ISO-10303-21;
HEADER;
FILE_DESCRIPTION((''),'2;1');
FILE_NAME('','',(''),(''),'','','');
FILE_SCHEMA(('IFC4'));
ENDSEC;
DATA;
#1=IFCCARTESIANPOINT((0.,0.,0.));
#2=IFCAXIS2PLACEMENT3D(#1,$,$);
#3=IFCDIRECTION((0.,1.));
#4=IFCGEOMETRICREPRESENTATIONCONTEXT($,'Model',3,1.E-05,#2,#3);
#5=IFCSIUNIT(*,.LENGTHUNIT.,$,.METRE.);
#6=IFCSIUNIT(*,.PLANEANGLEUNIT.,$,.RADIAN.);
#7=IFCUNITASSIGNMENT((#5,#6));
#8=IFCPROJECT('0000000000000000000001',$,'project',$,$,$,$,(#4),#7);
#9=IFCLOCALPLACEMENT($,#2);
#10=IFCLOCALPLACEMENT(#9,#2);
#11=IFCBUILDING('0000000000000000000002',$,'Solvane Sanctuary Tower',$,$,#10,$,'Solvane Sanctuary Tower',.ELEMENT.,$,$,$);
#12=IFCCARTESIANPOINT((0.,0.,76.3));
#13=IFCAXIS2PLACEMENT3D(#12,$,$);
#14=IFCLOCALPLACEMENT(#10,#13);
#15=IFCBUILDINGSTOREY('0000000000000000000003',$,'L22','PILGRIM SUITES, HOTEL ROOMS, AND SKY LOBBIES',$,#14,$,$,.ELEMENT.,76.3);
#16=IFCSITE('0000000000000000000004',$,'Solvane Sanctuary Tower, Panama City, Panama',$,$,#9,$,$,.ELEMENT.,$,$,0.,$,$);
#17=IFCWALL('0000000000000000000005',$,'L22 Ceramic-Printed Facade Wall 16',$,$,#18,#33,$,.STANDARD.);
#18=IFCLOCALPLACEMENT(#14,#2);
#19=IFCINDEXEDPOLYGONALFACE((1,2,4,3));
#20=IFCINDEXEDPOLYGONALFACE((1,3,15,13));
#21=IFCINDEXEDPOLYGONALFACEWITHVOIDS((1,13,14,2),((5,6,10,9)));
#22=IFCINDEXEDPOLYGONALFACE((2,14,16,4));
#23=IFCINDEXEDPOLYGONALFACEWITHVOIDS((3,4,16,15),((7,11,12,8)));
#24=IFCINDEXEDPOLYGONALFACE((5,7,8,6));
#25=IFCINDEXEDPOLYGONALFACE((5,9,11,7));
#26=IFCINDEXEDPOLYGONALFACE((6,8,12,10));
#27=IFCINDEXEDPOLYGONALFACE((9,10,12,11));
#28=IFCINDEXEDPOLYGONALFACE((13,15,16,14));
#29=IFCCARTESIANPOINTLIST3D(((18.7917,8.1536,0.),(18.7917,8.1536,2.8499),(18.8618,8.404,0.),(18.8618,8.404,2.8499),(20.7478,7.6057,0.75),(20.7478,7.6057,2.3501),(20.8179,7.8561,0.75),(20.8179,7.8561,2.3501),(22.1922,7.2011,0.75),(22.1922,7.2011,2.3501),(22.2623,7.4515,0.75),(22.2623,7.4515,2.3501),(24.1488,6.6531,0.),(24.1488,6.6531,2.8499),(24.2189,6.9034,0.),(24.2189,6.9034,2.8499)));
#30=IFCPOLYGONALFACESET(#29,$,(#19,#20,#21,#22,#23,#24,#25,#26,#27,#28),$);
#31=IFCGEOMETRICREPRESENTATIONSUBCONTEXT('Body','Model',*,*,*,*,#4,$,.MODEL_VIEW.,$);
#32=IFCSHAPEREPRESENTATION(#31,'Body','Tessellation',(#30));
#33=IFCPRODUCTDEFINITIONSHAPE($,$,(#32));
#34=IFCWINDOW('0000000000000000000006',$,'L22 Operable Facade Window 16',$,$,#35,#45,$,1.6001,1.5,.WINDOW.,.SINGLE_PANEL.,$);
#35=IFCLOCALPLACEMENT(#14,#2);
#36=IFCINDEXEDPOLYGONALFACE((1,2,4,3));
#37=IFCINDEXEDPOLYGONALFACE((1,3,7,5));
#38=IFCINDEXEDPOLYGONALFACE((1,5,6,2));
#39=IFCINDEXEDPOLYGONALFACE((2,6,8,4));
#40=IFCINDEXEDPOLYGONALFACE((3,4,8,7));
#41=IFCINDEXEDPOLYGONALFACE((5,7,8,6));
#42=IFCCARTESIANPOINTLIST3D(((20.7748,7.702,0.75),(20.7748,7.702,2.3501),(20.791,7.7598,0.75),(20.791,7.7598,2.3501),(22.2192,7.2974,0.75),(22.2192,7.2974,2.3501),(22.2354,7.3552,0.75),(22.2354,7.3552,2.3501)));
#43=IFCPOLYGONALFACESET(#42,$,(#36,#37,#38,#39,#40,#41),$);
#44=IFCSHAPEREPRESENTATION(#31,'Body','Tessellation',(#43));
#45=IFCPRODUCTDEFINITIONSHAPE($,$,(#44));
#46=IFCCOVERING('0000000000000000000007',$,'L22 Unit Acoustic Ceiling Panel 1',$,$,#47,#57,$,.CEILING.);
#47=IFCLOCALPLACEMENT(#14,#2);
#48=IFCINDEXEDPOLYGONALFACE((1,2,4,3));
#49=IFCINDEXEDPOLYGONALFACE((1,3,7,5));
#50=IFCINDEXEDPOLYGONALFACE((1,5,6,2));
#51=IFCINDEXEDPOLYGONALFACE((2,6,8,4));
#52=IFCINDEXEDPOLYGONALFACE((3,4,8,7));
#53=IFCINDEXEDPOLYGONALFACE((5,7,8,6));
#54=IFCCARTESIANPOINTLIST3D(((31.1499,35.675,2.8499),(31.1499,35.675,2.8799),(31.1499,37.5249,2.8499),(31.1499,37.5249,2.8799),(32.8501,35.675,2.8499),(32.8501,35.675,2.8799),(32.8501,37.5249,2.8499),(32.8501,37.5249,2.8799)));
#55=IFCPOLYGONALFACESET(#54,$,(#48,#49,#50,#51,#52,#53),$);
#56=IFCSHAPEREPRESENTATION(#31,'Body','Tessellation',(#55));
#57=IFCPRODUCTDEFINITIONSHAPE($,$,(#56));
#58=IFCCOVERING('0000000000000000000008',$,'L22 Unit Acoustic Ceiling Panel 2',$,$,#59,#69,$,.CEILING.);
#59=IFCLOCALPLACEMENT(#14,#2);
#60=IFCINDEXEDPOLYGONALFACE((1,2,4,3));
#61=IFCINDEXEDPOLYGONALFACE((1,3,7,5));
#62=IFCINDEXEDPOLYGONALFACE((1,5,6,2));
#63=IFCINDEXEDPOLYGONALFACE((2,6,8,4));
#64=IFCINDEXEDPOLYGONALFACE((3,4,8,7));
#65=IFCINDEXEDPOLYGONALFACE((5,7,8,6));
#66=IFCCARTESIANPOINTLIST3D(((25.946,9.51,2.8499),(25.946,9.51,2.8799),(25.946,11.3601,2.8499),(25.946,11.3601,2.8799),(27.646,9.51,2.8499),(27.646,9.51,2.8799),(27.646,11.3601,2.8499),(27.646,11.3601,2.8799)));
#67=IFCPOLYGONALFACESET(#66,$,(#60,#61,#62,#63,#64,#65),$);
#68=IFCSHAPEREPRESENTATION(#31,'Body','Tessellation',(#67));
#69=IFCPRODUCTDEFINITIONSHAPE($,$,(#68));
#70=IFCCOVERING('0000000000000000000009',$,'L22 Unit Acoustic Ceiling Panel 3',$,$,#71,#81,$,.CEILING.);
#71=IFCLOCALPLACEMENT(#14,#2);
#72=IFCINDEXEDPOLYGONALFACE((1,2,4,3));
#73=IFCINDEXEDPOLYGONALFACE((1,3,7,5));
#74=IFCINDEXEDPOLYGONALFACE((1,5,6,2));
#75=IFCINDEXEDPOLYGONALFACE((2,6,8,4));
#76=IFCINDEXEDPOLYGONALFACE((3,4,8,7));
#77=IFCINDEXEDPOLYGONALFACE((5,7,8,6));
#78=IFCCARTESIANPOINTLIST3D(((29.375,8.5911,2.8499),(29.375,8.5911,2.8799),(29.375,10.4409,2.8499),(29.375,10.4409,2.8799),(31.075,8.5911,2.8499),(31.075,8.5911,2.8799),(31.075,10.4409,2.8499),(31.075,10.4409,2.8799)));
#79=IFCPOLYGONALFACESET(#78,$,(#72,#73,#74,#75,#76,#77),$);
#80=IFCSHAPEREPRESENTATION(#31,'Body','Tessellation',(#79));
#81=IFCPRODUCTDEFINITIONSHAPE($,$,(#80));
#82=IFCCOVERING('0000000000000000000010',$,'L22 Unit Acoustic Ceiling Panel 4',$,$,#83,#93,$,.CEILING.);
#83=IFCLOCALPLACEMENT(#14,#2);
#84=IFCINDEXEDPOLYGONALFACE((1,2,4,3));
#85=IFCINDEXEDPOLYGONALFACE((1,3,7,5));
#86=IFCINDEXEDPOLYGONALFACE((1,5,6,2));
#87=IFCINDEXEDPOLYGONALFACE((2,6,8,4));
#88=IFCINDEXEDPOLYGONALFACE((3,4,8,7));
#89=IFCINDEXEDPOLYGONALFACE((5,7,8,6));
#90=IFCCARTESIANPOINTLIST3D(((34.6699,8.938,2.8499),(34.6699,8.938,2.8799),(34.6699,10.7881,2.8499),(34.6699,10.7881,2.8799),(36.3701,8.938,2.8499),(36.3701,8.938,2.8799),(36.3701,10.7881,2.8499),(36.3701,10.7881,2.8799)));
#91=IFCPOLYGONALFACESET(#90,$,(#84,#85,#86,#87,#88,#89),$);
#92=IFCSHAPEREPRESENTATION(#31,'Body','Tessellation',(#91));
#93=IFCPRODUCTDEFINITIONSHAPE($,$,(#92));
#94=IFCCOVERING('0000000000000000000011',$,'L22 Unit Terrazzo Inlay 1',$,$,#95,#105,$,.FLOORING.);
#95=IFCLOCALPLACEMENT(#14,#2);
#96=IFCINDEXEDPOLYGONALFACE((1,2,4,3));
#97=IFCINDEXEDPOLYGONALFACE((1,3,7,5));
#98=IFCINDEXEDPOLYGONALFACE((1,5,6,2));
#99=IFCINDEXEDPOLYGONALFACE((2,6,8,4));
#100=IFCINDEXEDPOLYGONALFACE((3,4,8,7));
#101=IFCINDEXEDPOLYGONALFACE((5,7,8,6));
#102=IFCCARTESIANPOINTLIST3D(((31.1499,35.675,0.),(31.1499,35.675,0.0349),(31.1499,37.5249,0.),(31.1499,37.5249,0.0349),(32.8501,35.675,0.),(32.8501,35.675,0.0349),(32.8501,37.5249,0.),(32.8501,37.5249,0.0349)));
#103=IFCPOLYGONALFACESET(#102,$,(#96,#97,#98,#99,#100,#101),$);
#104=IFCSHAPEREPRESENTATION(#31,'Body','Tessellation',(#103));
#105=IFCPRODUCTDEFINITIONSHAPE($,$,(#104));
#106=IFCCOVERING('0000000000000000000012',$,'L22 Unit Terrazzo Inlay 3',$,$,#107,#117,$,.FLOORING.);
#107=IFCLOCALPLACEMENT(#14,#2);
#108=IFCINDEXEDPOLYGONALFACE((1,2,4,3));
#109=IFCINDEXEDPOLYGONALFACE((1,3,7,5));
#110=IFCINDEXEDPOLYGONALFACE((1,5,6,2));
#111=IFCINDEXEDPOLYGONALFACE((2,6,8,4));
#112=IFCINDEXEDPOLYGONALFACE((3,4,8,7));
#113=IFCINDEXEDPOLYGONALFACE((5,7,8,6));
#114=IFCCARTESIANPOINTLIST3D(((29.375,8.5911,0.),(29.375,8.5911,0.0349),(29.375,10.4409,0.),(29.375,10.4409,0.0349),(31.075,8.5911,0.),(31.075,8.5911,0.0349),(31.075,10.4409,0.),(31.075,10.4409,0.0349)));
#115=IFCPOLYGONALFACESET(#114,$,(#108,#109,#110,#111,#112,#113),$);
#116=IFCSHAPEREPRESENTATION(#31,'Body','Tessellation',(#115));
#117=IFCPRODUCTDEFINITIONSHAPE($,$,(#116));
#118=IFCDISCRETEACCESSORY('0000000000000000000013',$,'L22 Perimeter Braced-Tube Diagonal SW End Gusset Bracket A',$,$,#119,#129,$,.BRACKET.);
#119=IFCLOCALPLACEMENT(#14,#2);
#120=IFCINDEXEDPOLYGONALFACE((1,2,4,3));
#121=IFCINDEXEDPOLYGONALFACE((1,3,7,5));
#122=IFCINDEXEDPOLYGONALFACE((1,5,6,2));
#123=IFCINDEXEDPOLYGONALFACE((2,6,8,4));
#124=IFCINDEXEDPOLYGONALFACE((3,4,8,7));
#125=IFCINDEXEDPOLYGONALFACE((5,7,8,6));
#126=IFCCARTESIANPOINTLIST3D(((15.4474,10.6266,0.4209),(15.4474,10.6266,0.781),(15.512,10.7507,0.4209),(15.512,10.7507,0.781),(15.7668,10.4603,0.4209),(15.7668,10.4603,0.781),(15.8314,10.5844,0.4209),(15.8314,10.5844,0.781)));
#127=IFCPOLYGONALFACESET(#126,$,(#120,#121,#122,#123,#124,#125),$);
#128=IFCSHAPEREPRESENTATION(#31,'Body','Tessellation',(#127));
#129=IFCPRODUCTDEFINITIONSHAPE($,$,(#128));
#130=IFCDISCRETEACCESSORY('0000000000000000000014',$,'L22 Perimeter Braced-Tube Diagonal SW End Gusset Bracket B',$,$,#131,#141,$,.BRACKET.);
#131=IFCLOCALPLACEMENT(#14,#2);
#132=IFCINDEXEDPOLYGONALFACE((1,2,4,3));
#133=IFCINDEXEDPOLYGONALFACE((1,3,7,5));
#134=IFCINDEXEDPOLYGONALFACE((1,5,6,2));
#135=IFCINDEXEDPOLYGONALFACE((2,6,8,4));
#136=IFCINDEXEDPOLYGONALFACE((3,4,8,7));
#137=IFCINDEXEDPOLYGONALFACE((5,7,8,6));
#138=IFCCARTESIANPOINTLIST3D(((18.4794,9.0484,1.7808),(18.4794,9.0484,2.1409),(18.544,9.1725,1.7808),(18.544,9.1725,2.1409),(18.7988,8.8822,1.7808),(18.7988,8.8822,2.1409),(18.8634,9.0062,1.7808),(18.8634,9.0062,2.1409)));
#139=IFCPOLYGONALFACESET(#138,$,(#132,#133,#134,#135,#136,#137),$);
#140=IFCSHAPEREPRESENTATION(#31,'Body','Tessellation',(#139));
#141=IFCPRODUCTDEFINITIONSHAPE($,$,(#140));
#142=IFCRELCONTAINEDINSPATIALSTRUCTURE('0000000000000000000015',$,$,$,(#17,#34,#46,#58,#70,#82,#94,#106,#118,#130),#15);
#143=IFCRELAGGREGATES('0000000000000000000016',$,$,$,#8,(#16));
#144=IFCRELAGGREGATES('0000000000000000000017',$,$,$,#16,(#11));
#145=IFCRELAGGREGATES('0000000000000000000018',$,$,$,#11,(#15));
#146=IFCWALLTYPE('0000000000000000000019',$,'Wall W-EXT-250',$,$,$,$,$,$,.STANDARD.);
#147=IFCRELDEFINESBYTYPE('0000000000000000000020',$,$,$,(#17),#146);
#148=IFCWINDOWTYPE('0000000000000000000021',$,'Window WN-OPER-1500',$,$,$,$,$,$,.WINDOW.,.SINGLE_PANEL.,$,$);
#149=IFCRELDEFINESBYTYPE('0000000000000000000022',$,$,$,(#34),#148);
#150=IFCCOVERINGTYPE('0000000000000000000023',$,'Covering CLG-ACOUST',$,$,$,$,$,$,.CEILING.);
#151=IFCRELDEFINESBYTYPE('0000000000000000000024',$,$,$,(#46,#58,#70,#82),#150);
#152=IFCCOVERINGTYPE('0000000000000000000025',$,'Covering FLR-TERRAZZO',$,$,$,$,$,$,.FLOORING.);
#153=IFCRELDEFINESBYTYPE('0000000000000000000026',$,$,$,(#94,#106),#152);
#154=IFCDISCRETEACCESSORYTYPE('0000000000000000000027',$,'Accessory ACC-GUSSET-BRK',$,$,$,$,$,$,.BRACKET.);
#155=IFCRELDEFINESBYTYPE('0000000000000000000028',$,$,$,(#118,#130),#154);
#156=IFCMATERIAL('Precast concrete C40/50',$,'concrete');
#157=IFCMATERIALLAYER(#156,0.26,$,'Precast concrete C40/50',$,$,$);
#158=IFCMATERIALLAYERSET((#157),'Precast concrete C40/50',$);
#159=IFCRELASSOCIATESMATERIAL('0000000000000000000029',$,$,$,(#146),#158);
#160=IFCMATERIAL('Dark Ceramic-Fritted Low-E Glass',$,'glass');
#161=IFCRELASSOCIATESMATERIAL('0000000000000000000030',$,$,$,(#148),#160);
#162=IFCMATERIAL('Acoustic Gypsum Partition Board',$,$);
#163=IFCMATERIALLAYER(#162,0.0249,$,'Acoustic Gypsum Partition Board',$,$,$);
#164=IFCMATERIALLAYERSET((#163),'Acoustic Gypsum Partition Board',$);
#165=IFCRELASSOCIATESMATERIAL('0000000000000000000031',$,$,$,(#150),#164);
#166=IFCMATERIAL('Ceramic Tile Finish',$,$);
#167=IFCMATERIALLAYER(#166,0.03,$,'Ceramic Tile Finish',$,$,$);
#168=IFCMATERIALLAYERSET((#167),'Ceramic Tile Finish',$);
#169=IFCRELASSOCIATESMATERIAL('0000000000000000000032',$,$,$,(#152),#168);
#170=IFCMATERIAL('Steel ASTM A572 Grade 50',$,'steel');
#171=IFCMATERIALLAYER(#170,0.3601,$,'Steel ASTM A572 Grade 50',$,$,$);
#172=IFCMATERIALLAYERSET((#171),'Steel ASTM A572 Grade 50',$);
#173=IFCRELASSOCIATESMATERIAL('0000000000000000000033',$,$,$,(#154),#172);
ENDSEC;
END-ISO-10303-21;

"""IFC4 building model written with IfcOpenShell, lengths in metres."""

from ifc_helpers import new_model, si_unit, direction, frame, frame_2d, origin, origin_2d, place, context, subcontext, project, spatial, polyline, rectangle, outline, extrude, material, layer, layer_set, type_object, element, fill, save


model = new_model("IFC4")

# Units and contexts
model_context = context("Model", 3, precision=1e-05, world=origin(), true_north=direction((0.0, 1.0)))
body_context = subcontext(model_context, "Body", "Model", "MODEL_VIEW")
ifc_project = project(units=[si_unit("LENGTHUNIT", "METRE"), si_unit("PLANEANGLEUNIT", "RADIAN")], contexts=[model_context])

# Site, building, storey
site_placement = place(None, origin())
site = spatial("IfcSite", under=ifc_project, at=site_placement, Name="Solvane Sanctuary Tower, Panama City, Panama", CompositionType="ELEMENT", RefElevation=0.0)
building_placement = place(site_placement, origin())
building = spatial("IfcBuilding", under=site, at=building_placement, Name="Solvane Sanctuary Tower", LongName="Solvane Sanctuary Tower", CompositionType="ELEMENT")
storey_placement = place(building_placement, frame((0.0, 0.0, 76.3)))
storey = spatial("IfcBuildingStorey", under=building, at=storey_placement, Name="L22", Description="PILGRIM SUITES, HOTEL ROOMS, AND SKY LOBBIES", CompositionType="ELEMENT", Elevation=76.3)

# Shared definitions
ifc_material_1 = material(Name="Precast concrete C40/50", Category="concrete")
ifc_layer_1 = layer(ifc_material_1, 0.26, Name="Precast concrete C40/50")
ifc_layer_set_1 = layer_set([ifc_layer_1], Name="Precast concrete C40/50")
wall_type = type_object("IfcWallType", Name="Wall W-EXT-250", PredefinedType="STANDARD", material=ifc_layer_set_1)
ifc_material_2 = material(Name="Dark Ceramic-Fritted Low-E Glass", Category="glass")

# Wall, opening, window
wall_1_placement = place(storey_placement, frame((18.8267, 8.2788, 0.0), z_axis=(0.0, 0.0, 1.0), x_axis=(0.962938, -0.269721, 0.0)))
wall_1 = element("IfcWall", 1, at=wall_1_placement, inside=storey, type_object=wall_type, Name="L22 Ceramic-Printed Facade Wall 16", PredefinedType="STANDARD", context=body_context, shape_type="SweptSolid", body=[
    extrude(rectangle(XDim=5.5632, YDim=0.26, at=frame_2d((2.7817, 0.0))), origin(), (0.0, 0.0, 1.0), 2.8499),
])
opening_1_placement = place(wall_1_placement, frame((2.0315, 0.0, 0.75)))
opening_1 = element("IfcOpeningElement", 2, at=opening_1_placement, cuts=wall_1, PredefinedType="OPENING", context=body_context, shape_type="SweptSolid", body=[
    extrude(rectangle(XDim=1.5, YDim=1.6001, at=frame_2d((0.75, 0.8))), frame((0.0, 0.1399, 0.0), z_axis=(0.0, -1.0, 0.0), x_axis=(1.0, 0.0, 0.0)), (0.0, 0.0, 1.0), 0.28),
])
window_type_1 = type_object("IfcWindowType", Name="Window WN-OPER-1500", PartitioningType="SINGLE_PANEL", PredefinedType="WINDOW", material=ifc_material_2)
window_1_placement = place(opening_1_placement, origin())
window_1 = element("IfcWindow", 3, at=window_1_placement, inside=storey, type_object=window_type_1, Name="L22 Operable Facade Window 16", OverallHeight=1.6001, OverallWidth=1.5, PartitioningType="SINGLE_PANEL", PredefinedType="WINDOW", context=body_context, shape_type="SweptSolid", body=[
    extrude(rectangle(XDim=1.5, YDim=1.6001, at=frame_2d((0.75, 0.8))), frame((0.0, 0.03, 0.0), z_axis=(0.0, -1.0, 0.0), x_axis=(1.0, 0.0, 0.0)), (0.0, 0.0, 1.0), 0.0601),
])
fill(opening_1, window_1)

# Coverings
ifc_material_3 = material(Name="Acoustic Gypsum Partition Board")
ifc_layer_2 = layer(ifc_material_3, 0.0249, Name="Acoustic Gypsum Partition Board")
ifc_layer_set_2 = layer_set([ifc_layer_2], Name="Acoustic Gypsum Partition Board")
covering_type_1 = type_object("IfcCoveringType", Name="Covering CLG-ACOUST", PredefinedType="CEILING", material=ifc_layer_set_2)
covering_1_placement = place(storey_placement, frame((0.0, 0.0, 2.8499)))
element("IfcCovering", 4, at=covering_1_placement, inside=storey, type_object=covering_type_1, Name="L22 Unit Acoustic Ceiling Panel 1", PredefinedType="CEILING", context=body_context, shape_type="SweptSolid", body=[
    extrude(outline(polyline([(31.1499, 35.675), (32.8501, 35.675), (32.8501, 37.5249), (31.1499, 37.5249), (31.1499, 35.675)])), origin(), (0.0, 0.0, 1.0), 0.03),
])
covering_2_placement = place(storey_placement, frame((0.0, 0.0, 2.8499)))
element("IfcCovering", 5, at=covering_2_placement, inside=storey, type_object=covering_type_1, Name="L22 Unit Acoustic Ceiling Panel 2", PredefinedType="CEILING", context=body_context, shape_type="SweptSolid", body=[
    extrude(outline(polyline([(25.946, 9.51), (27.646, 9.51), (27.646, 11.3601), (25.946, 11.3601), (25.946, 9.51)])), origin(), (0.0, 0.0, 1.0), 0.03),
])
covering_3_placement = place(storey_placement, frame((0.0, 0.0, 2.8499)))
element("IfcCovering", 6, at=covering_3_placement, inside=storey, type_object=covering_type_1, Name="L22 Unit Acoustic Ceiling Panel 3", PredefinedType="CEILING", context=body_context, shape_type="SweptSolid", body=[
    extrude(outline(polyline([(29.375, 8.5911), (31.075, 8.5911), (31.075, 10.4409), (29.375, 10.4409), (29.375, 8.5911)])), origin(), (0.0, 0.0, 1.0), 0.03),
])
covering_4_placement = place(storey_placement, frame((0.0, 0.0, 2.8499)))
element("IfcCovering", 7, at=covering_4_placement, inside=storey, type_object=covering_type_1, Name="L22 Unit Acoustic Ceiling Panel 4", PredefinedType="CEILING", context=body_context, shape_type="SweptSolid", body=[
    extrude(outline(polyline([(34.6699, 8.938), (36.3701, 8.938), (36.3701, 10.7881), (34.6699, 10.7881), (34.6699, 8.938)])), origin(), (0.0, 0.0, 1.0), 0.03),
])
ifc_material_4 = material(Name="Ceramic Tile Finish")
ifc_layer_3 = layer(ifc_material_4, 0.03, Name="Ceramic Tile Finish")
ifc_layer_set_3 = layer_set([ifc_layer_3], Name="Ceramic Tile Finish")
covering_type_2 = type_object("IfcCoveringType", Name="Covering FLR-TERRAZZO", PredefinedType="FLOORING", material=ifc_layer_set_3)
covering_5_placement = place(storey_placement, origin())
element("IfcCovering", 8, at=covering_5_placement, inside=storey, type_object=covering_type_2, Name="L22 Unit Terrazzo Inlay 1", PredefinedType="FLOORING", context=body_context, shape_type="SweptSolid", body=[
    extrude(outline(polyline([(31.1499, 35.675), (32.8501, 35.675), (32.8501, 37.5249), (31.1499, 37.5249), (31.1499, 35.675)])), origin(), (0.0, 0.0, 1.0), 0.0349),
])
covering_6_placement = place(storey_placement, origin())
element("IfcCovering", 9, at=covering_6_placement, inside=storey, type_object=covering_type_2, Name="L22 Unit Terrazzo Inlay 3", PredefinedType="FLOORING", context=body_context, shape_type="SweptSolid", body=[
    extrude(outline(polyline([(29.375, 8.5911), (31.075, 8.5911), (31.075, 10.4409), (29.375, 10.4409), (29.375, 8.5911)])), origin(), (0.0, 0.0, 1.0), 0.0349),
])

# Discrete accessories
ifc_material_5 = material(Name="Steel ASTM A572 Grade 50", Category="steel")
ifc_layer_4 = layer(ifc_material_5, 0.3601, Name="Steel ASTM A572 Grade 50")
ifc_layer_set_4 = layer_set([ifc_layer_4], Name="Steel ASTM A572 Grade 50")
discrete_accessory_type = type_object("IfcDiscreteAccessoryType", Name="Accessory ACC-GUSSET-BRK", PredefinedType="BRACKET", material=ifc_layer_set_4)
for number, where, z_axis, x_axis, name in (
    (10, (15.6394, 10.6055, 0.4209), (0.0, 0.0, 1.0), (0.887011, -0.461749, 0.0), "L22 Perimeter Braced-Tube Diagonal SW End Gusset Bracket A"),
    (11, (18.6714, 9.0273, 1.7808), (0.0, 0.0, 1.0), (0.887011, -0.461749, 0.0), "L22 Perimeter Braced-Tube Diagonal SW End Gusset Bracket B"),
):
    element("IfcDiscreteAccessory", number, at=place(storey_placement, frame(where, z_axis=z_axis, x_axis=x_axis)), inside=storey, type_object=discrete_accessory_type, Name=name, PredefinedType="BRACKET", context=body_context, shape_type="SweptSolid", body=[
        extrude(rectangle(XDim=0.3601, YDim=0.1399, at=origin_2d()), origin(), (0.0, 0.0, 1.0), 0.3601),
    ])

save(model, "model.ifc")
